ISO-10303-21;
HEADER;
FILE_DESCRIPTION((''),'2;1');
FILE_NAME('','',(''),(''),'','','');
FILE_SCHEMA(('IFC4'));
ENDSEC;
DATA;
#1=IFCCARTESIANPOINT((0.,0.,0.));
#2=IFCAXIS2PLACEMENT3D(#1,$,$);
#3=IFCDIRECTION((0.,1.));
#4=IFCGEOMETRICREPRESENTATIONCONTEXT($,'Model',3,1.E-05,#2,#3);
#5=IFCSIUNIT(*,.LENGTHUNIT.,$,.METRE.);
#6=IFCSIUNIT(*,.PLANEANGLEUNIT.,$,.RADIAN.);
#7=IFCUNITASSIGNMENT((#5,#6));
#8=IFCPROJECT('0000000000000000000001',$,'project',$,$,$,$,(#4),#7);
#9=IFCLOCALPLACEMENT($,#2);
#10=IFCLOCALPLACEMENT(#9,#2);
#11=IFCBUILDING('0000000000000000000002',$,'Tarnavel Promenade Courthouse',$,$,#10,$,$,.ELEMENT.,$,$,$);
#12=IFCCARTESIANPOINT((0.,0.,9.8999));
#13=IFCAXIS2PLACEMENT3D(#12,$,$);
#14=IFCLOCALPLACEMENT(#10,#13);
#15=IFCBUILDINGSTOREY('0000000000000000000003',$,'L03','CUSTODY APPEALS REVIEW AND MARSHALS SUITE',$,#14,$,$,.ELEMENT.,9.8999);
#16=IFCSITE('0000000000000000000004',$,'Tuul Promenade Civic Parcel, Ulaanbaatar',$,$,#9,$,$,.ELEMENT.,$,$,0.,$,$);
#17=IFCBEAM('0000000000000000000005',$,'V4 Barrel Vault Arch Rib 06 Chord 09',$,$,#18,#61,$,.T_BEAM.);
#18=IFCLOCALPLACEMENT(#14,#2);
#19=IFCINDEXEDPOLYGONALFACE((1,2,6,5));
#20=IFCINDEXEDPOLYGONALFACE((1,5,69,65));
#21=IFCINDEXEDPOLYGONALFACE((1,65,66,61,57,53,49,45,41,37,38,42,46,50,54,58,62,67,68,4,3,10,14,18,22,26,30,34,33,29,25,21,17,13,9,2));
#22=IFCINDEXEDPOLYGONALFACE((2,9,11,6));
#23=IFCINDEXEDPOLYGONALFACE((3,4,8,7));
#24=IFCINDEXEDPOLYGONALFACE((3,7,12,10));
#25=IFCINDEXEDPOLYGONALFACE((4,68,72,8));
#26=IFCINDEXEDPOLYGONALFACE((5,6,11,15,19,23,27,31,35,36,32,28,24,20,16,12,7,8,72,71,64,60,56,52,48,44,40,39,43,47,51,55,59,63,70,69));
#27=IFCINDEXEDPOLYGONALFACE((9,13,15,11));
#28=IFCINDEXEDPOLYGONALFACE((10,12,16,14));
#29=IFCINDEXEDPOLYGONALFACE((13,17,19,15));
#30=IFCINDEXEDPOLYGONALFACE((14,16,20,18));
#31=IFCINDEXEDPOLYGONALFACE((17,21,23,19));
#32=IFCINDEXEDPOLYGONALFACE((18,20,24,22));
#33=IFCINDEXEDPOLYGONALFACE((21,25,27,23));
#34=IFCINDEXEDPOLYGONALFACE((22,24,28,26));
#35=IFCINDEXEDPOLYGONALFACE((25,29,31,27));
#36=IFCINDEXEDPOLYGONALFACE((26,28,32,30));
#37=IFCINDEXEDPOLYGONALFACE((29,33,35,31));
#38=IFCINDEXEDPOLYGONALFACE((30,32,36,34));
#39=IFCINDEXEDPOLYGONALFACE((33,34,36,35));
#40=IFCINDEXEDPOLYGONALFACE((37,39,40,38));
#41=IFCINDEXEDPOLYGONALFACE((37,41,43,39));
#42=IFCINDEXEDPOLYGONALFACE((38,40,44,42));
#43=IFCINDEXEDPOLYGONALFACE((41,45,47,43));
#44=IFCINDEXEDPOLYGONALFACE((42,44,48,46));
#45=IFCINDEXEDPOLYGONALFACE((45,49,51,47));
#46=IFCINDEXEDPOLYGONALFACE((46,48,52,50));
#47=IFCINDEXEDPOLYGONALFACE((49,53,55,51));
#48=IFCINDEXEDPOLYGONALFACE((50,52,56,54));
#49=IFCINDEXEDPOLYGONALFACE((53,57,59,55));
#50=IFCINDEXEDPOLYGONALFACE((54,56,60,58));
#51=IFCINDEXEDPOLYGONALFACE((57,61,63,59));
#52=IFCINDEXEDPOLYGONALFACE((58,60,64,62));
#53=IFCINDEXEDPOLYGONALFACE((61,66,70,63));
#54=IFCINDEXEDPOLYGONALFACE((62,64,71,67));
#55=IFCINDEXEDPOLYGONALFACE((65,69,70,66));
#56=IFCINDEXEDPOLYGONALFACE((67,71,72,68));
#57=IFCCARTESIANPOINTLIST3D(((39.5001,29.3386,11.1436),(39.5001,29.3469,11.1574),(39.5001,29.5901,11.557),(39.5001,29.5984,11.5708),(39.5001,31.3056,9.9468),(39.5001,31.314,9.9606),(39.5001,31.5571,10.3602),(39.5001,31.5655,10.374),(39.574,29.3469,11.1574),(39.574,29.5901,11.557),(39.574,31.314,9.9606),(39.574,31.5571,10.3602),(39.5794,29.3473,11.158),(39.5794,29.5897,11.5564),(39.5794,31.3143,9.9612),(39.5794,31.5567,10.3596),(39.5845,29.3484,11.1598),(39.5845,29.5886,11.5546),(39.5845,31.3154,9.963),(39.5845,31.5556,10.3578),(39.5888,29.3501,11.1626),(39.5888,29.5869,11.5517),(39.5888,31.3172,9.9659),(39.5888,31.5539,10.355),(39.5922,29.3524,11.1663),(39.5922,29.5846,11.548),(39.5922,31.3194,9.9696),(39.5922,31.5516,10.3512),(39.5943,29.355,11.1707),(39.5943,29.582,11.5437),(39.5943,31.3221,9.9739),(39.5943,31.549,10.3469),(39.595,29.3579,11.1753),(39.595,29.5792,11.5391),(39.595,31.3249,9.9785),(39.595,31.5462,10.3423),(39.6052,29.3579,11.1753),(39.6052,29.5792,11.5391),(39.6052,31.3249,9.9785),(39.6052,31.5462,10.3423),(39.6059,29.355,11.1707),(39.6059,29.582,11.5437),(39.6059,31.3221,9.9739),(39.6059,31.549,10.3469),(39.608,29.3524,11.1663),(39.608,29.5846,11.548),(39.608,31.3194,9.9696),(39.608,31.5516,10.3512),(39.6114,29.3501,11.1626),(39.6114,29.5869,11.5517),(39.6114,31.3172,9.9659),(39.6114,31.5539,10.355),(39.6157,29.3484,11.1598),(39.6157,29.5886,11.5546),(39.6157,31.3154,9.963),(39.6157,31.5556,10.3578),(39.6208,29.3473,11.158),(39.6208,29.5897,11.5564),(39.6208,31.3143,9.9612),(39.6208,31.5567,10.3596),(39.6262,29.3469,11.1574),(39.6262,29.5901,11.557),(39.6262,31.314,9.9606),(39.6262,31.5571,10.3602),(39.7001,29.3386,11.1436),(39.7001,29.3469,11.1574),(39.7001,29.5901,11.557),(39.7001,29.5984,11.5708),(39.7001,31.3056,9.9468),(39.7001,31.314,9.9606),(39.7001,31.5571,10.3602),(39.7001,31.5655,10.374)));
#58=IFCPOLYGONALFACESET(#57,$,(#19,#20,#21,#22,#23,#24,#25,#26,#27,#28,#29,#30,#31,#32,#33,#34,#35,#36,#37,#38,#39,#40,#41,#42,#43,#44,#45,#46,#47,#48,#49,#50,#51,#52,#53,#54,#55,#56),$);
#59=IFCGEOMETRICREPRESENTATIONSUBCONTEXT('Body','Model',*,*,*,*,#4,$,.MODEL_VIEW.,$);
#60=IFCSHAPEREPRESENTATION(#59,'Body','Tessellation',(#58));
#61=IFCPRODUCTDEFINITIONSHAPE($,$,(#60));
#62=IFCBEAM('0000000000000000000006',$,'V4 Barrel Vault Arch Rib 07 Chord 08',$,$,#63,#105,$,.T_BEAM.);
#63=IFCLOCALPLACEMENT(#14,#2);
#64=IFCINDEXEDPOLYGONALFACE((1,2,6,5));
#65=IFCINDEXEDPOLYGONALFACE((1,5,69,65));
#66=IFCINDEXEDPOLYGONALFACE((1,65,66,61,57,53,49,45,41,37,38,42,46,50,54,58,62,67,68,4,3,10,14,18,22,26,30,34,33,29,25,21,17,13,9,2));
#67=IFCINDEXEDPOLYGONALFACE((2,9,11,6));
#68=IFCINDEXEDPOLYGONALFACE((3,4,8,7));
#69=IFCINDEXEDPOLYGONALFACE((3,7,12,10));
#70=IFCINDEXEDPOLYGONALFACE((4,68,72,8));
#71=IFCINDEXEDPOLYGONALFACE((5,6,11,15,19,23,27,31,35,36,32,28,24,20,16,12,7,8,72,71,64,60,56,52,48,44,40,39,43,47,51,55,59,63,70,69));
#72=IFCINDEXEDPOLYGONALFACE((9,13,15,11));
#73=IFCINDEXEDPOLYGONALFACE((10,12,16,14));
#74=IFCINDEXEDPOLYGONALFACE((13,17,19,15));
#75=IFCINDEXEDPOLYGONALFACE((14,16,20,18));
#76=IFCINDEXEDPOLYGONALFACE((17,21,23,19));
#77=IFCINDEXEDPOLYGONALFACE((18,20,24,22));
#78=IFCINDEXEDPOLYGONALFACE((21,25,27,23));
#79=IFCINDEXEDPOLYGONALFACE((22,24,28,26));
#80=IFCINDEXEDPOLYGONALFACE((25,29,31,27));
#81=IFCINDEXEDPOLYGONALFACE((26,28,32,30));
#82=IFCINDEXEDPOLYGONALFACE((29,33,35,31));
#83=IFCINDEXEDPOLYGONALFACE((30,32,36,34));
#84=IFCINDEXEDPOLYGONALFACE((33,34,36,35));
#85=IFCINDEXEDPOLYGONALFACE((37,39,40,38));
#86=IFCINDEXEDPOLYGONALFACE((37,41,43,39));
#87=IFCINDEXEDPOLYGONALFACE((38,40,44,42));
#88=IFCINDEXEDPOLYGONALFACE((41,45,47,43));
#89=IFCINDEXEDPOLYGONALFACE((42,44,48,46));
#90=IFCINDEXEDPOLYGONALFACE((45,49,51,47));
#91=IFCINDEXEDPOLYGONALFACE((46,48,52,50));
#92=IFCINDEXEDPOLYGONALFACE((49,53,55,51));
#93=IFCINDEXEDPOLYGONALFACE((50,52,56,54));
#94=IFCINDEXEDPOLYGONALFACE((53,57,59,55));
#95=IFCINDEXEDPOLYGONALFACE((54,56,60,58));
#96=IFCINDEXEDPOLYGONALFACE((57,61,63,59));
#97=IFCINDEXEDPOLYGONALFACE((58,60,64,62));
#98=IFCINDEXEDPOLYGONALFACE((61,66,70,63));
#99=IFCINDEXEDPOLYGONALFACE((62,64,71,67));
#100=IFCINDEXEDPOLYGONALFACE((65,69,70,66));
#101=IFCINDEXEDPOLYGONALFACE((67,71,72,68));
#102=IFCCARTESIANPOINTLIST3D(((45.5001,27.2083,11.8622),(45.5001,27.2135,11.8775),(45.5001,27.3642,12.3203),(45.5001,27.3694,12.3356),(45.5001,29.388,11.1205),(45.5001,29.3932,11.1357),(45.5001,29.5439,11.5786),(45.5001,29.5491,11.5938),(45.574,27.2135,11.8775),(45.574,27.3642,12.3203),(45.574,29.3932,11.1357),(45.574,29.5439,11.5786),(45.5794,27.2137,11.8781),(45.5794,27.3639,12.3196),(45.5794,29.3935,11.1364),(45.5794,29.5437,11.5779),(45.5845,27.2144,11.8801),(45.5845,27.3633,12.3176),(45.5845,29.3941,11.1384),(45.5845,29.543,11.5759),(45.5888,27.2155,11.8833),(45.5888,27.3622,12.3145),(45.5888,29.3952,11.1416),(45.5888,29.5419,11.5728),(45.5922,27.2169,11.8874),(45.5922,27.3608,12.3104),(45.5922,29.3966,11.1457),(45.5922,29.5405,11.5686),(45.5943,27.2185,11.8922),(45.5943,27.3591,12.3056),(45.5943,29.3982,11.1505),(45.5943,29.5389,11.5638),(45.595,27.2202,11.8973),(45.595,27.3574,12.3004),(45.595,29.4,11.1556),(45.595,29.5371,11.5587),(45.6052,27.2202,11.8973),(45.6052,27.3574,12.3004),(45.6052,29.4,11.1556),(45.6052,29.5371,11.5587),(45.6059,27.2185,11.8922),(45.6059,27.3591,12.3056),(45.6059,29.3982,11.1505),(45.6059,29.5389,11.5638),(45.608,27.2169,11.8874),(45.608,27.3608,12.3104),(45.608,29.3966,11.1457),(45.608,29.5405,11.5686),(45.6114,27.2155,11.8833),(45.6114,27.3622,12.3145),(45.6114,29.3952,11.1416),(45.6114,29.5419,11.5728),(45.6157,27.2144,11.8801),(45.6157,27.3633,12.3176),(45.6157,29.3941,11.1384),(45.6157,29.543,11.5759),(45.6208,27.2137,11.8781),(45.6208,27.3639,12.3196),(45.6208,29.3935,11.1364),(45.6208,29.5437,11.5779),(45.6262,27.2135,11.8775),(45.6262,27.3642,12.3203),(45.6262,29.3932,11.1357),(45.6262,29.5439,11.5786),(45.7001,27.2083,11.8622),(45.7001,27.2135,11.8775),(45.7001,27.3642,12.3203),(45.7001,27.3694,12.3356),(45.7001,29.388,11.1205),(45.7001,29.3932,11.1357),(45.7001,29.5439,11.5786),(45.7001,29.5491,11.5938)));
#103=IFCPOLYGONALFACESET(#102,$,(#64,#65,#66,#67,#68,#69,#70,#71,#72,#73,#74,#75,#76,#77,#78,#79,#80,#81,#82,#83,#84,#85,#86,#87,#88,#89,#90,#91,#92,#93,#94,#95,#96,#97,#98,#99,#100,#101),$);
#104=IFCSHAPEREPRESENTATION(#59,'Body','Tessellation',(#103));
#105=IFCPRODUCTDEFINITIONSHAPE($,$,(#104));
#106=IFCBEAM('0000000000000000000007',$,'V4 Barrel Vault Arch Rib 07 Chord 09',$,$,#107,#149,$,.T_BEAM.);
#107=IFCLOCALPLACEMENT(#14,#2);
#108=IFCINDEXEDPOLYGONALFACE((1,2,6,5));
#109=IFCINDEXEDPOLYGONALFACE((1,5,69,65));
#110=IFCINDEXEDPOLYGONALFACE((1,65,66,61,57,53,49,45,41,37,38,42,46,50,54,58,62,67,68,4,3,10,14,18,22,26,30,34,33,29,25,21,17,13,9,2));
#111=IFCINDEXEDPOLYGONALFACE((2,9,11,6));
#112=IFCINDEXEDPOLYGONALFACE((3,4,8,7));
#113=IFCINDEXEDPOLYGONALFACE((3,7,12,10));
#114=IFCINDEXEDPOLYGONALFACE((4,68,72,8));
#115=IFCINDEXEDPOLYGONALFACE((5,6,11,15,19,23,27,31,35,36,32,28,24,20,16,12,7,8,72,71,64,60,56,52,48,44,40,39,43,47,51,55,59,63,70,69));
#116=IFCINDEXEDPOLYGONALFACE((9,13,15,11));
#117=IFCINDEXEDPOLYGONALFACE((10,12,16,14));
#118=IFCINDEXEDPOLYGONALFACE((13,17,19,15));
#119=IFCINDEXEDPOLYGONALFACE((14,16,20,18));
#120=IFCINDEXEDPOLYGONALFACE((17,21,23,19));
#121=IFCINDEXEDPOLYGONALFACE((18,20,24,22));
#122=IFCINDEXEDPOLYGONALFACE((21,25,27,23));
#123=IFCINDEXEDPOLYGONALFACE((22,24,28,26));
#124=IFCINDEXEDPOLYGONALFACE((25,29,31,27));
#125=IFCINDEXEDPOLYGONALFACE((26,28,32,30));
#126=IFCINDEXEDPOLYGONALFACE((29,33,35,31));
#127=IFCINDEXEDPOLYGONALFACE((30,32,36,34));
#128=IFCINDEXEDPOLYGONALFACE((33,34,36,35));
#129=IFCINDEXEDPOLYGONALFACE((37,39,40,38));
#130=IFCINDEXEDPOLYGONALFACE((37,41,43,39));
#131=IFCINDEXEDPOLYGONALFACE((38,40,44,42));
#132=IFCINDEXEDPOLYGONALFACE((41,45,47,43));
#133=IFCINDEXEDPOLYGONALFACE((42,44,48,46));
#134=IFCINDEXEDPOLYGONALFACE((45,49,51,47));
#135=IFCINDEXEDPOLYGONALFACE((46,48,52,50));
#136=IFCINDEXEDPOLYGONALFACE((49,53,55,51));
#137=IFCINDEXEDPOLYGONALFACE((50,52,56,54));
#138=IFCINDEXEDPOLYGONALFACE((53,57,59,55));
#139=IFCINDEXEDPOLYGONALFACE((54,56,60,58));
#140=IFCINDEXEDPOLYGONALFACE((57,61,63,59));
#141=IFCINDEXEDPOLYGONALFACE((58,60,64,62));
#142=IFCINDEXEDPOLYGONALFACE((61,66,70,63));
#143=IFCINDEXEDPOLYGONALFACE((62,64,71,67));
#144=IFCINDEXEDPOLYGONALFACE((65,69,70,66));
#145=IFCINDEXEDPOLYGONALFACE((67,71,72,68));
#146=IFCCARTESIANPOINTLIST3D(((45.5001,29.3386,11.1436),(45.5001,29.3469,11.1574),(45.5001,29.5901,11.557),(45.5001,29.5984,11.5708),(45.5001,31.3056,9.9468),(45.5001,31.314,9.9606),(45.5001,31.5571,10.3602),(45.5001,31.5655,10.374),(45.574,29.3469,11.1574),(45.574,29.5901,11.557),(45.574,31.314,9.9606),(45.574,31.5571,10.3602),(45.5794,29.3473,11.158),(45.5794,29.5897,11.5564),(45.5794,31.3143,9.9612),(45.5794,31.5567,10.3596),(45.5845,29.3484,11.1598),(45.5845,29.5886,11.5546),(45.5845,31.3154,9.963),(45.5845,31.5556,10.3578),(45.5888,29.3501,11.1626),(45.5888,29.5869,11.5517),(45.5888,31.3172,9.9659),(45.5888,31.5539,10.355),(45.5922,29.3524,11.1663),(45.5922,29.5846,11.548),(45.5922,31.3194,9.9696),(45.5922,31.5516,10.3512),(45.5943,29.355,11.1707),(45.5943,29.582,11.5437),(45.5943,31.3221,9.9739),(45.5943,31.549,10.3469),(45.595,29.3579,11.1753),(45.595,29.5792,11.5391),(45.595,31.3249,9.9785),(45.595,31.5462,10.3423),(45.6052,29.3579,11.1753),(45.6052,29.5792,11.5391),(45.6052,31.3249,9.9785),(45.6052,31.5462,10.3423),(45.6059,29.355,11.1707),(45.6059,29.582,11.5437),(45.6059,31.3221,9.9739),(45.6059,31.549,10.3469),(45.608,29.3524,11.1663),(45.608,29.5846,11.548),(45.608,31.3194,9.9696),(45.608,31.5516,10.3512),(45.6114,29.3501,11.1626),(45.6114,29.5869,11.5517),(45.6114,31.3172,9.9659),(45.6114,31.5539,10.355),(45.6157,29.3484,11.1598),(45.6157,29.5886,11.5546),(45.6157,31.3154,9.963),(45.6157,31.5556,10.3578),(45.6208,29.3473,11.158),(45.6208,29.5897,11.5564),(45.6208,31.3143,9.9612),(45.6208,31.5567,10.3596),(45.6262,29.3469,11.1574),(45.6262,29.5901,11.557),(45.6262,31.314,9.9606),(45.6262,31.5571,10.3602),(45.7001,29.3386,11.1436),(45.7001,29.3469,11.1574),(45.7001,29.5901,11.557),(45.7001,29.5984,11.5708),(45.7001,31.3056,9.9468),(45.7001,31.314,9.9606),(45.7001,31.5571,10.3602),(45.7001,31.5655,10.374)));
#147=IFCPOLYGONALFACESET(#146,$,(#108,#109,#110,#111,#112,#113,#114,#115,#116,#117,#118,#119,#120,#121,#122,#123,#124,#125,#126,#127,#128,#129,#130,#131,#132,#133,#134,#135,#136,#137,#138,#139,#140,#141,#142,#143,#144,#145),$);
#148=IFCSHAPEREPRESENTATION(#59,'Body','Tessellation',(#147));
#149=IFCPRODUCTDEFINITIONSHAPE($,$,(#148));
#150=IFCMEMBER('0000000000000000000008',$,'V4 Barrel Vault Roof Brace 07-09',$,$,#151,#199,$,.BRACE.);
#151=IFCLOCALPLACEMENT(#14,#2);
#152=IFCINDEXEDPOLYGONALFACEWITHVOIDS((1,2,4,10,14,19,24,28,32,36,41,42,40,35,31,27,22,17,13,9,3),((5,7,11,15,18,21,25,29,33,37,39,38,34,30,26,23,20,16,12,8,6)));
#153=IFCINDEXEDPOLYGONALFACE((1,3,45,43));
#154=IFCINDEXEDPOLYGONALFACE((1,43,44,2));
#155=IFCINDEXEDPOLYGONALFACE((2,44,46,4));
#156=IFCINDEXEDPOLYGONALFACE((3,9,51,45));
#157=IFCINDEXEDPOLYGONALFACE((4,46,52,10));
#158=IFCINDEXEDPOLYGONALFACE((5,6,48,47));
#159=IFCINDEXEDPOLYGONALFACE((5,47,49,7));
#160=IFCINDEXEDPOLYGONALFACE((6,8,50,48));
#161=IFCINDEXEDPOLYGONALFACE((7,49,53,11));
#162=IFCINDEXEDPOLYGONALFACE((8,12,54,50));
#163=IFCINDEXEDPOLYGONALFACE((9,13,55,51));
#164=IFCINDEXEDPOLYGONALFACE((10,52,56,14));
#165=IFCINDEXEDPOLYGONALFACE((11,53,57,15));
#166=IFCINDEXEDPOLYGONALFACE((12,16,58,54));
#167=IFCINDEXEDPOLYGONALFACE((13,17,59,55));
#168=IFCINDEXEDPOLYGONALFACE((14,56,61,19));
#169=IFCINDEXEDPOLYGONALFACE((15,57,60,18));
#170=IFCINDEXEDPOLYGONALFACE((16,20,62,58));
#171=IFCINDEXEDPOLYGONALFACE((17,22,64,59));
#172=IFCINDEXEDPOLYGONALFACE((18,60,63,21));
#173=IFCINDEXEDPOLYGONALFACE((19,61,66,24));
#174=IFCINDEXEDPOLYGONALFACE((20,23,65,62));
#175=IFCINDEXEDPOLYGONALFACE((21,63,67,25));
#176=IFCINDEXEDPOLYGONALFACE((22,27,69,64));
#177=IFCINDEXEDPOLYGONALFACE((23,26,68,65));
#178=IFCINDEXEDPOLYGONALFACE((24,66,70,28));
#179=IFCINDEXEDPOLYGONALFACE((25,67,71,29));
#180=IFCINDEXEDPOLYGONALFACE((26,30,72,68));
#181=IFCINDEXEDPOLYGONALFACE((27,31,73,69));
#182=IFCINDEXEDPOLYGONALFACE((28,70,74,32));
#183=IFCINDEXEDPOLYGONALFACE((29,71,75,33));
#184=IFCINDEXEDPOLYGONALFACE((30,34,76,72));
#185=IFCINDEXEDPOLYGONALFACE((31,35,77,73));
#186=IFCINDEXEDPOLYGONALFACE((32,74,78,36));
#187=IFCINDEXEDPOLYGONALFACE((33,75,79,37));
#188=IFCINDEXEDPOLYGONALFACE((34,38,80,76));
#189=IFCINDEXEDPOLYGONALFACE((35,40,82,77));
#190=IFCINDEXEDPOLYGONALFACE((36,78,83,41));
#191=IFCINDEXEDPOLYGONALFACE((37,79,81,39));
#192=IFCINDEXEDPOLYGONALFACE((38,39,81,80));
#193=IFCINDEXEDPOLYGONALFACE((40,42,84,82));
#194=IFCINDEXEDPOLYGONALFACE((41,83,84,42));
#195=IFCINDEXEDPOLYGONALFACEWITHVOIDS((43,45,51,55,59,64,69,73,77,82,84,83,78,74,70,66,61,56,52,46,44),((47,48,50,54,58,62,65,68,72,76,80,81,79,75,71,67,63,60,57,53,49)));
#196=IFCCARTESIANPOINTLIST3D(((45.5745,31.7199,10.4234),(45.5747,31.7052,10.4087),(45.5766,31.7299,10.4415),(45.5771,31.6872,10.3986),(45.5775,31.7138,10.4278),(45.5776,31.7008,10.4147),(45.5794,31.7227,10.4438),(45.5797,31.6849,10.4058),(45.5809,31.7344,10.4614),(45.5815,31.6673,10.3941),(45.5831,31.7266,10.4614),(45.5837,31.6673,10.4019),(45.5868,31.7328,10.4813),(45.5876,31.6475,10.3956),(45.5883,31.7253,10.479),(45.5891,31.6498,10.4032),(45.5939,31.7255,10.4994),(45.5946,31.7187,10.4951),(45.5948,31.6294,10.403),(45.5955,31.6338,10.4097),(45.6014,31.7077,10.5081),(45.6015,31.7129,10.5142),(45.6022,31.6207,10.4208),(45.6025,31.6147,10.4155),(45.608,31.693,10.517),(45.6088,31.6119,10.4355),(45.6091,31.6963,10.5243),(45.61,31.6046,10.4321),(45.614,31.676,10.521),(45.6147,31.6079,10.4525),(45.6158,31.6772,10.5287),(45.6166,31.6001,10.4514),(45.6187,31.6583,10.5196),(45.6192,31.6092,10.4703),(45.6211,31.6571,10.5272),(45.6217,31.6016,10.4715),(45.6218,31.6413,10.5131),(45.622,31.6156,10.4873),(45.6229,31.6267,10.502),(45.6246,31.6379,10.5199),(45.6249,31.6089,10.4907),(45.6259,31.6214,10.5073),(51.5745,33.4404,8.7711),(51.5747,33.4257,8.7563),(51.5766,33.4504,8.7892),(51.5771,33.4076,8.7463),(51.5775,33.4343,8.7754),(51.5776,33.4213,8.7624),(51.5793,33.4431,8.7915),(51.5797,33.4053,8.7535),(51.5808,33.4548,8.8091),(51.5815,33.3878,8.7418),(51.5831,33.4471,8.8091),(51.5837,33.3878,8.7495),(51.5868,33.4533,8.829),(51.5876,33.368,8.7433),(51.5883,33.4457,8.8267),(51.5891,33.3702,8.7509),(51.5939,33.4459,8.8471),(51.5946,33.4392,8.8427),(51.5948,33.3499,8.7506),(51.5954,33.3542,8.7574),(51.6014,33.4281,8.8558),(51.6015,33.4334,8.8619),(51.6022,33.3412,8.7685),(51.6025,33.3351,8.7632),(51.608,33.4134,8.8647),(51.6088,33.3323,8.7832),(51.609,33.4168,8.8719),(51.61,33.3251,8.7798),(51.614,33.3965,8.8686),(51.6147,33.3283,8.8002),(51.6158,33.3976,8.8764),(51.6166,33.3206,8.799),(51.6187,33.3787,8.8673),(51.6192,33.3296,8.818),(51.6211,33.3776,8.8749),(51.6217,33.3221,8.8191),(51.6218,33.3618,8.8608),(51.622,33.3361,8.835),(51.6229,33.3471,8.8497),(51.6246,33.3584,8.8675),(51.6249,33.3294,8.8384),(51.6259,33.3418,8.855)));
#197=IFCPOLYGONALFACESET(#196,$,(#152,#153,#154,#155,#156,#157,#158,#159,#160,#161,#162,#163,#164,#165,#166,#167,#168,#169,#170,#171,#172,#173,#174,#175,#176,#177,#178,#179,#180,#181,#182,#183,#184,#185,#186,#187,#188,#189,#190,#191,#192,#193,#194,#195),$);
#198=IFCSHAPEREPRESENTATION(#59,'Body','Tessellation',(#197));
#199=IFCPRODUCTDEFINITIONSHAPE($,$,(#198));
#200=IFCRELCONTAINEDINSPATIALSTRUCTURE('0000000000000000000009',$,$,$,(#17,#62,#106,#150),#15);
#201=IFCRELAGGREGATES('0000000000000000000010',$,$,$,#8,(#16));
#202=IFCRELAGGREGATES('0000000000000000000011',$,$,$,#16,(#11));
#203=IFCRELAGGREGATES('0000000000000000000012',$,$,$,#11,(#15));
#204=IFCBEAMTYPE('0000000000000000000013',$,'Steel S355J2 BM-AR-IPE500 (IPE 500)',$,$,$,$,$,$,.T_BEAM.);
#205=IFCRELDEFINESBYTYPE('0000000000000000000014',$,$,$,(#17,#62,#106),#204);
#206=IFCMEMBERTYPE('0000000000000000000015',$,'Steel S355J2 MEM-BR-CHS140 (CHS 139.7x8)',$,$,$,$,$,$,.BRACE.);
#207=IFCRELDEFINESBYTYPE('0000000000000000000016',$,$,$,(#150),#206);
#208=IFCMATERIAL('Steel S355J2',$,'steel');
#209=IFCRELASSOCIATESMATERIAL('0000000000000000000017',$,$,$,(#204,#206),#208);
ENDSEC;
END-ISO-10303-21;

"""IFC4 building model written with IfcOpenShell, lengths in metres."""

from ifc_helpers import new_model, si_unit, direction, frame, origin, origin_2d, place, context, subcontext, project, spatial, hollow_circle, i_section, extrude, material, material_profile, profile_set, type_object, element, save


model = new_model("IFC4")

# Units and contexts
model_context = context("Model", 3, precision=1e-05, world=origin(), true_north=direction((0.0, 1.0)))
body_context = subcontext(model_context, "Body", "Model", "MODEL_VIEW")
ifc_project = project(units=[si_unit("LENGTHUNIT", "METRE"), si_unit("PLANEANGLEUNIT", "RADIAN")], contexts=[model_context])

# Site, building, storey
site_placement = place(None, origin())
site = spatial("IfcSite", under=ifc_project, at=site_placement, Name="Tuul Promenade Civic Parcel, Ulaanbaatar", CompositionType="ELEMENT", RefElevation=0.0)
building_placement = place(site_placement, origin())
building = spatial("IfcBuilding", under=site, at=building_placement, Name="Tarnavel Promenade Courthouse", CompositionType="ELEMENT")
storey_placement = place(building_placement, frame((0.0, 0.0, 9.8999)))
storey = spatial("IfcBuildingStorey", under=building, at=storey_placement, Name="L03", Description="CUSTODY APPEALS REVIEW AND MARSHALS SUITE", CompositionType="ELEMENT", Elevation=9.8999)

# Beams
ifc_material_1 = material(Name="Steel S355J2", Category="steel")
ifc_material_profile_1 = material_profile(ifc_material_1, i_section(OverallWidth=0.2, OverallDepth=0.5, WebThickness=0.0103, FlangeThickness=0.0161, FilletRadius=0.021, at=origin_2d()), Name="IPE 500")
ifc_profile_set_1 = profile_set([ifc_material_profile_1], Name="Steel S355J2")
beam_type = type_object("IfcBeamType", Name="Steel S355J2 BM-AR-IPE500 (IPE 500)", PredefinedType="T_BEAM", material=ifc_profile_set_1)
for number, where, z_axis, x_axis, name in (
    (1, (39.6001, 29.4685, 11.3572), (0.0, 0.854305, -0.519772), (-1.0, 0.0, 0.0), "V4 Barrel Vault Arch Rib 06 Chord 09"),
    (2, (45.6001, 27.2888, 12.0989), (0.0, 0.946693, -0.322138), (-1.0, 0.0, 0.0), "V4 Barrel Vault Arch Rib 07 Chord 08"),
    (3, (45.6001, 29.4685, 11.3572), (0.0, 0.854305, -0.519772), (-1.0, 0.0, 0.0), "V4 Barrel Vault Arch Rib 07 Chord 09"),
):
    element("IfcBeam", number, at=place(storey_placement, frame(where, z_axis=z_axis, x_axis=x_axis)), inside=storey, type_object=beam_type, Name=name, PredefinedType="T_BEAM", context=body_context, shape_type="SweptSolid", body=[
        extrude(i_section(OverallWidth=0.2, OverallDepth=0.5, WebThickness=0.0103, FlangeThickness=0.0161, FilletRadius=0.021, at=origin_2d()), origin(), (0.0, 0.0, 1.0), 2.3025),
    ])

# Member
ifc_material_profile_2 = material_profile(ifc_material_1, hollow_circle(Radius=0.0698, WallThickness=0.0081, at=origin_2d()), Name="CHS 139.7x8")
ifc_profile_set_2 = profile_set([ifc_material_profile_2], Name="Steel S355J2")
member_type_1 = type_object("IfcMemberType", Name="Steel S355J2 MEM-BR-CHS140 (CHS 139.7x8)", PredefinedType="BRACE", material=ifc_profile_set_2)
member_placement = place(storey_placement, frame((45.6001, 31.6672, 10.4614), z_axis=(0.929253, 0.266457, -0.255908), x_axis=(-0.275635, 0.961262, 0.0)))
element("IfcMember", 4, at=member_placement, inside=storey, type_object=member_type_1, Name="V4 Barrel Vault Roof Brace 07-09", PredefinedType="BRACE", context=body_context, shape_type="SweptSolid", body=[
    extrude(hollow_circle(Radius=0.0698, WallThickness=0.0081, at=origin_2d()), origin(), (0.0, 0.0, 1.0), 6.4568),
])

save(model, "model.ifc")
